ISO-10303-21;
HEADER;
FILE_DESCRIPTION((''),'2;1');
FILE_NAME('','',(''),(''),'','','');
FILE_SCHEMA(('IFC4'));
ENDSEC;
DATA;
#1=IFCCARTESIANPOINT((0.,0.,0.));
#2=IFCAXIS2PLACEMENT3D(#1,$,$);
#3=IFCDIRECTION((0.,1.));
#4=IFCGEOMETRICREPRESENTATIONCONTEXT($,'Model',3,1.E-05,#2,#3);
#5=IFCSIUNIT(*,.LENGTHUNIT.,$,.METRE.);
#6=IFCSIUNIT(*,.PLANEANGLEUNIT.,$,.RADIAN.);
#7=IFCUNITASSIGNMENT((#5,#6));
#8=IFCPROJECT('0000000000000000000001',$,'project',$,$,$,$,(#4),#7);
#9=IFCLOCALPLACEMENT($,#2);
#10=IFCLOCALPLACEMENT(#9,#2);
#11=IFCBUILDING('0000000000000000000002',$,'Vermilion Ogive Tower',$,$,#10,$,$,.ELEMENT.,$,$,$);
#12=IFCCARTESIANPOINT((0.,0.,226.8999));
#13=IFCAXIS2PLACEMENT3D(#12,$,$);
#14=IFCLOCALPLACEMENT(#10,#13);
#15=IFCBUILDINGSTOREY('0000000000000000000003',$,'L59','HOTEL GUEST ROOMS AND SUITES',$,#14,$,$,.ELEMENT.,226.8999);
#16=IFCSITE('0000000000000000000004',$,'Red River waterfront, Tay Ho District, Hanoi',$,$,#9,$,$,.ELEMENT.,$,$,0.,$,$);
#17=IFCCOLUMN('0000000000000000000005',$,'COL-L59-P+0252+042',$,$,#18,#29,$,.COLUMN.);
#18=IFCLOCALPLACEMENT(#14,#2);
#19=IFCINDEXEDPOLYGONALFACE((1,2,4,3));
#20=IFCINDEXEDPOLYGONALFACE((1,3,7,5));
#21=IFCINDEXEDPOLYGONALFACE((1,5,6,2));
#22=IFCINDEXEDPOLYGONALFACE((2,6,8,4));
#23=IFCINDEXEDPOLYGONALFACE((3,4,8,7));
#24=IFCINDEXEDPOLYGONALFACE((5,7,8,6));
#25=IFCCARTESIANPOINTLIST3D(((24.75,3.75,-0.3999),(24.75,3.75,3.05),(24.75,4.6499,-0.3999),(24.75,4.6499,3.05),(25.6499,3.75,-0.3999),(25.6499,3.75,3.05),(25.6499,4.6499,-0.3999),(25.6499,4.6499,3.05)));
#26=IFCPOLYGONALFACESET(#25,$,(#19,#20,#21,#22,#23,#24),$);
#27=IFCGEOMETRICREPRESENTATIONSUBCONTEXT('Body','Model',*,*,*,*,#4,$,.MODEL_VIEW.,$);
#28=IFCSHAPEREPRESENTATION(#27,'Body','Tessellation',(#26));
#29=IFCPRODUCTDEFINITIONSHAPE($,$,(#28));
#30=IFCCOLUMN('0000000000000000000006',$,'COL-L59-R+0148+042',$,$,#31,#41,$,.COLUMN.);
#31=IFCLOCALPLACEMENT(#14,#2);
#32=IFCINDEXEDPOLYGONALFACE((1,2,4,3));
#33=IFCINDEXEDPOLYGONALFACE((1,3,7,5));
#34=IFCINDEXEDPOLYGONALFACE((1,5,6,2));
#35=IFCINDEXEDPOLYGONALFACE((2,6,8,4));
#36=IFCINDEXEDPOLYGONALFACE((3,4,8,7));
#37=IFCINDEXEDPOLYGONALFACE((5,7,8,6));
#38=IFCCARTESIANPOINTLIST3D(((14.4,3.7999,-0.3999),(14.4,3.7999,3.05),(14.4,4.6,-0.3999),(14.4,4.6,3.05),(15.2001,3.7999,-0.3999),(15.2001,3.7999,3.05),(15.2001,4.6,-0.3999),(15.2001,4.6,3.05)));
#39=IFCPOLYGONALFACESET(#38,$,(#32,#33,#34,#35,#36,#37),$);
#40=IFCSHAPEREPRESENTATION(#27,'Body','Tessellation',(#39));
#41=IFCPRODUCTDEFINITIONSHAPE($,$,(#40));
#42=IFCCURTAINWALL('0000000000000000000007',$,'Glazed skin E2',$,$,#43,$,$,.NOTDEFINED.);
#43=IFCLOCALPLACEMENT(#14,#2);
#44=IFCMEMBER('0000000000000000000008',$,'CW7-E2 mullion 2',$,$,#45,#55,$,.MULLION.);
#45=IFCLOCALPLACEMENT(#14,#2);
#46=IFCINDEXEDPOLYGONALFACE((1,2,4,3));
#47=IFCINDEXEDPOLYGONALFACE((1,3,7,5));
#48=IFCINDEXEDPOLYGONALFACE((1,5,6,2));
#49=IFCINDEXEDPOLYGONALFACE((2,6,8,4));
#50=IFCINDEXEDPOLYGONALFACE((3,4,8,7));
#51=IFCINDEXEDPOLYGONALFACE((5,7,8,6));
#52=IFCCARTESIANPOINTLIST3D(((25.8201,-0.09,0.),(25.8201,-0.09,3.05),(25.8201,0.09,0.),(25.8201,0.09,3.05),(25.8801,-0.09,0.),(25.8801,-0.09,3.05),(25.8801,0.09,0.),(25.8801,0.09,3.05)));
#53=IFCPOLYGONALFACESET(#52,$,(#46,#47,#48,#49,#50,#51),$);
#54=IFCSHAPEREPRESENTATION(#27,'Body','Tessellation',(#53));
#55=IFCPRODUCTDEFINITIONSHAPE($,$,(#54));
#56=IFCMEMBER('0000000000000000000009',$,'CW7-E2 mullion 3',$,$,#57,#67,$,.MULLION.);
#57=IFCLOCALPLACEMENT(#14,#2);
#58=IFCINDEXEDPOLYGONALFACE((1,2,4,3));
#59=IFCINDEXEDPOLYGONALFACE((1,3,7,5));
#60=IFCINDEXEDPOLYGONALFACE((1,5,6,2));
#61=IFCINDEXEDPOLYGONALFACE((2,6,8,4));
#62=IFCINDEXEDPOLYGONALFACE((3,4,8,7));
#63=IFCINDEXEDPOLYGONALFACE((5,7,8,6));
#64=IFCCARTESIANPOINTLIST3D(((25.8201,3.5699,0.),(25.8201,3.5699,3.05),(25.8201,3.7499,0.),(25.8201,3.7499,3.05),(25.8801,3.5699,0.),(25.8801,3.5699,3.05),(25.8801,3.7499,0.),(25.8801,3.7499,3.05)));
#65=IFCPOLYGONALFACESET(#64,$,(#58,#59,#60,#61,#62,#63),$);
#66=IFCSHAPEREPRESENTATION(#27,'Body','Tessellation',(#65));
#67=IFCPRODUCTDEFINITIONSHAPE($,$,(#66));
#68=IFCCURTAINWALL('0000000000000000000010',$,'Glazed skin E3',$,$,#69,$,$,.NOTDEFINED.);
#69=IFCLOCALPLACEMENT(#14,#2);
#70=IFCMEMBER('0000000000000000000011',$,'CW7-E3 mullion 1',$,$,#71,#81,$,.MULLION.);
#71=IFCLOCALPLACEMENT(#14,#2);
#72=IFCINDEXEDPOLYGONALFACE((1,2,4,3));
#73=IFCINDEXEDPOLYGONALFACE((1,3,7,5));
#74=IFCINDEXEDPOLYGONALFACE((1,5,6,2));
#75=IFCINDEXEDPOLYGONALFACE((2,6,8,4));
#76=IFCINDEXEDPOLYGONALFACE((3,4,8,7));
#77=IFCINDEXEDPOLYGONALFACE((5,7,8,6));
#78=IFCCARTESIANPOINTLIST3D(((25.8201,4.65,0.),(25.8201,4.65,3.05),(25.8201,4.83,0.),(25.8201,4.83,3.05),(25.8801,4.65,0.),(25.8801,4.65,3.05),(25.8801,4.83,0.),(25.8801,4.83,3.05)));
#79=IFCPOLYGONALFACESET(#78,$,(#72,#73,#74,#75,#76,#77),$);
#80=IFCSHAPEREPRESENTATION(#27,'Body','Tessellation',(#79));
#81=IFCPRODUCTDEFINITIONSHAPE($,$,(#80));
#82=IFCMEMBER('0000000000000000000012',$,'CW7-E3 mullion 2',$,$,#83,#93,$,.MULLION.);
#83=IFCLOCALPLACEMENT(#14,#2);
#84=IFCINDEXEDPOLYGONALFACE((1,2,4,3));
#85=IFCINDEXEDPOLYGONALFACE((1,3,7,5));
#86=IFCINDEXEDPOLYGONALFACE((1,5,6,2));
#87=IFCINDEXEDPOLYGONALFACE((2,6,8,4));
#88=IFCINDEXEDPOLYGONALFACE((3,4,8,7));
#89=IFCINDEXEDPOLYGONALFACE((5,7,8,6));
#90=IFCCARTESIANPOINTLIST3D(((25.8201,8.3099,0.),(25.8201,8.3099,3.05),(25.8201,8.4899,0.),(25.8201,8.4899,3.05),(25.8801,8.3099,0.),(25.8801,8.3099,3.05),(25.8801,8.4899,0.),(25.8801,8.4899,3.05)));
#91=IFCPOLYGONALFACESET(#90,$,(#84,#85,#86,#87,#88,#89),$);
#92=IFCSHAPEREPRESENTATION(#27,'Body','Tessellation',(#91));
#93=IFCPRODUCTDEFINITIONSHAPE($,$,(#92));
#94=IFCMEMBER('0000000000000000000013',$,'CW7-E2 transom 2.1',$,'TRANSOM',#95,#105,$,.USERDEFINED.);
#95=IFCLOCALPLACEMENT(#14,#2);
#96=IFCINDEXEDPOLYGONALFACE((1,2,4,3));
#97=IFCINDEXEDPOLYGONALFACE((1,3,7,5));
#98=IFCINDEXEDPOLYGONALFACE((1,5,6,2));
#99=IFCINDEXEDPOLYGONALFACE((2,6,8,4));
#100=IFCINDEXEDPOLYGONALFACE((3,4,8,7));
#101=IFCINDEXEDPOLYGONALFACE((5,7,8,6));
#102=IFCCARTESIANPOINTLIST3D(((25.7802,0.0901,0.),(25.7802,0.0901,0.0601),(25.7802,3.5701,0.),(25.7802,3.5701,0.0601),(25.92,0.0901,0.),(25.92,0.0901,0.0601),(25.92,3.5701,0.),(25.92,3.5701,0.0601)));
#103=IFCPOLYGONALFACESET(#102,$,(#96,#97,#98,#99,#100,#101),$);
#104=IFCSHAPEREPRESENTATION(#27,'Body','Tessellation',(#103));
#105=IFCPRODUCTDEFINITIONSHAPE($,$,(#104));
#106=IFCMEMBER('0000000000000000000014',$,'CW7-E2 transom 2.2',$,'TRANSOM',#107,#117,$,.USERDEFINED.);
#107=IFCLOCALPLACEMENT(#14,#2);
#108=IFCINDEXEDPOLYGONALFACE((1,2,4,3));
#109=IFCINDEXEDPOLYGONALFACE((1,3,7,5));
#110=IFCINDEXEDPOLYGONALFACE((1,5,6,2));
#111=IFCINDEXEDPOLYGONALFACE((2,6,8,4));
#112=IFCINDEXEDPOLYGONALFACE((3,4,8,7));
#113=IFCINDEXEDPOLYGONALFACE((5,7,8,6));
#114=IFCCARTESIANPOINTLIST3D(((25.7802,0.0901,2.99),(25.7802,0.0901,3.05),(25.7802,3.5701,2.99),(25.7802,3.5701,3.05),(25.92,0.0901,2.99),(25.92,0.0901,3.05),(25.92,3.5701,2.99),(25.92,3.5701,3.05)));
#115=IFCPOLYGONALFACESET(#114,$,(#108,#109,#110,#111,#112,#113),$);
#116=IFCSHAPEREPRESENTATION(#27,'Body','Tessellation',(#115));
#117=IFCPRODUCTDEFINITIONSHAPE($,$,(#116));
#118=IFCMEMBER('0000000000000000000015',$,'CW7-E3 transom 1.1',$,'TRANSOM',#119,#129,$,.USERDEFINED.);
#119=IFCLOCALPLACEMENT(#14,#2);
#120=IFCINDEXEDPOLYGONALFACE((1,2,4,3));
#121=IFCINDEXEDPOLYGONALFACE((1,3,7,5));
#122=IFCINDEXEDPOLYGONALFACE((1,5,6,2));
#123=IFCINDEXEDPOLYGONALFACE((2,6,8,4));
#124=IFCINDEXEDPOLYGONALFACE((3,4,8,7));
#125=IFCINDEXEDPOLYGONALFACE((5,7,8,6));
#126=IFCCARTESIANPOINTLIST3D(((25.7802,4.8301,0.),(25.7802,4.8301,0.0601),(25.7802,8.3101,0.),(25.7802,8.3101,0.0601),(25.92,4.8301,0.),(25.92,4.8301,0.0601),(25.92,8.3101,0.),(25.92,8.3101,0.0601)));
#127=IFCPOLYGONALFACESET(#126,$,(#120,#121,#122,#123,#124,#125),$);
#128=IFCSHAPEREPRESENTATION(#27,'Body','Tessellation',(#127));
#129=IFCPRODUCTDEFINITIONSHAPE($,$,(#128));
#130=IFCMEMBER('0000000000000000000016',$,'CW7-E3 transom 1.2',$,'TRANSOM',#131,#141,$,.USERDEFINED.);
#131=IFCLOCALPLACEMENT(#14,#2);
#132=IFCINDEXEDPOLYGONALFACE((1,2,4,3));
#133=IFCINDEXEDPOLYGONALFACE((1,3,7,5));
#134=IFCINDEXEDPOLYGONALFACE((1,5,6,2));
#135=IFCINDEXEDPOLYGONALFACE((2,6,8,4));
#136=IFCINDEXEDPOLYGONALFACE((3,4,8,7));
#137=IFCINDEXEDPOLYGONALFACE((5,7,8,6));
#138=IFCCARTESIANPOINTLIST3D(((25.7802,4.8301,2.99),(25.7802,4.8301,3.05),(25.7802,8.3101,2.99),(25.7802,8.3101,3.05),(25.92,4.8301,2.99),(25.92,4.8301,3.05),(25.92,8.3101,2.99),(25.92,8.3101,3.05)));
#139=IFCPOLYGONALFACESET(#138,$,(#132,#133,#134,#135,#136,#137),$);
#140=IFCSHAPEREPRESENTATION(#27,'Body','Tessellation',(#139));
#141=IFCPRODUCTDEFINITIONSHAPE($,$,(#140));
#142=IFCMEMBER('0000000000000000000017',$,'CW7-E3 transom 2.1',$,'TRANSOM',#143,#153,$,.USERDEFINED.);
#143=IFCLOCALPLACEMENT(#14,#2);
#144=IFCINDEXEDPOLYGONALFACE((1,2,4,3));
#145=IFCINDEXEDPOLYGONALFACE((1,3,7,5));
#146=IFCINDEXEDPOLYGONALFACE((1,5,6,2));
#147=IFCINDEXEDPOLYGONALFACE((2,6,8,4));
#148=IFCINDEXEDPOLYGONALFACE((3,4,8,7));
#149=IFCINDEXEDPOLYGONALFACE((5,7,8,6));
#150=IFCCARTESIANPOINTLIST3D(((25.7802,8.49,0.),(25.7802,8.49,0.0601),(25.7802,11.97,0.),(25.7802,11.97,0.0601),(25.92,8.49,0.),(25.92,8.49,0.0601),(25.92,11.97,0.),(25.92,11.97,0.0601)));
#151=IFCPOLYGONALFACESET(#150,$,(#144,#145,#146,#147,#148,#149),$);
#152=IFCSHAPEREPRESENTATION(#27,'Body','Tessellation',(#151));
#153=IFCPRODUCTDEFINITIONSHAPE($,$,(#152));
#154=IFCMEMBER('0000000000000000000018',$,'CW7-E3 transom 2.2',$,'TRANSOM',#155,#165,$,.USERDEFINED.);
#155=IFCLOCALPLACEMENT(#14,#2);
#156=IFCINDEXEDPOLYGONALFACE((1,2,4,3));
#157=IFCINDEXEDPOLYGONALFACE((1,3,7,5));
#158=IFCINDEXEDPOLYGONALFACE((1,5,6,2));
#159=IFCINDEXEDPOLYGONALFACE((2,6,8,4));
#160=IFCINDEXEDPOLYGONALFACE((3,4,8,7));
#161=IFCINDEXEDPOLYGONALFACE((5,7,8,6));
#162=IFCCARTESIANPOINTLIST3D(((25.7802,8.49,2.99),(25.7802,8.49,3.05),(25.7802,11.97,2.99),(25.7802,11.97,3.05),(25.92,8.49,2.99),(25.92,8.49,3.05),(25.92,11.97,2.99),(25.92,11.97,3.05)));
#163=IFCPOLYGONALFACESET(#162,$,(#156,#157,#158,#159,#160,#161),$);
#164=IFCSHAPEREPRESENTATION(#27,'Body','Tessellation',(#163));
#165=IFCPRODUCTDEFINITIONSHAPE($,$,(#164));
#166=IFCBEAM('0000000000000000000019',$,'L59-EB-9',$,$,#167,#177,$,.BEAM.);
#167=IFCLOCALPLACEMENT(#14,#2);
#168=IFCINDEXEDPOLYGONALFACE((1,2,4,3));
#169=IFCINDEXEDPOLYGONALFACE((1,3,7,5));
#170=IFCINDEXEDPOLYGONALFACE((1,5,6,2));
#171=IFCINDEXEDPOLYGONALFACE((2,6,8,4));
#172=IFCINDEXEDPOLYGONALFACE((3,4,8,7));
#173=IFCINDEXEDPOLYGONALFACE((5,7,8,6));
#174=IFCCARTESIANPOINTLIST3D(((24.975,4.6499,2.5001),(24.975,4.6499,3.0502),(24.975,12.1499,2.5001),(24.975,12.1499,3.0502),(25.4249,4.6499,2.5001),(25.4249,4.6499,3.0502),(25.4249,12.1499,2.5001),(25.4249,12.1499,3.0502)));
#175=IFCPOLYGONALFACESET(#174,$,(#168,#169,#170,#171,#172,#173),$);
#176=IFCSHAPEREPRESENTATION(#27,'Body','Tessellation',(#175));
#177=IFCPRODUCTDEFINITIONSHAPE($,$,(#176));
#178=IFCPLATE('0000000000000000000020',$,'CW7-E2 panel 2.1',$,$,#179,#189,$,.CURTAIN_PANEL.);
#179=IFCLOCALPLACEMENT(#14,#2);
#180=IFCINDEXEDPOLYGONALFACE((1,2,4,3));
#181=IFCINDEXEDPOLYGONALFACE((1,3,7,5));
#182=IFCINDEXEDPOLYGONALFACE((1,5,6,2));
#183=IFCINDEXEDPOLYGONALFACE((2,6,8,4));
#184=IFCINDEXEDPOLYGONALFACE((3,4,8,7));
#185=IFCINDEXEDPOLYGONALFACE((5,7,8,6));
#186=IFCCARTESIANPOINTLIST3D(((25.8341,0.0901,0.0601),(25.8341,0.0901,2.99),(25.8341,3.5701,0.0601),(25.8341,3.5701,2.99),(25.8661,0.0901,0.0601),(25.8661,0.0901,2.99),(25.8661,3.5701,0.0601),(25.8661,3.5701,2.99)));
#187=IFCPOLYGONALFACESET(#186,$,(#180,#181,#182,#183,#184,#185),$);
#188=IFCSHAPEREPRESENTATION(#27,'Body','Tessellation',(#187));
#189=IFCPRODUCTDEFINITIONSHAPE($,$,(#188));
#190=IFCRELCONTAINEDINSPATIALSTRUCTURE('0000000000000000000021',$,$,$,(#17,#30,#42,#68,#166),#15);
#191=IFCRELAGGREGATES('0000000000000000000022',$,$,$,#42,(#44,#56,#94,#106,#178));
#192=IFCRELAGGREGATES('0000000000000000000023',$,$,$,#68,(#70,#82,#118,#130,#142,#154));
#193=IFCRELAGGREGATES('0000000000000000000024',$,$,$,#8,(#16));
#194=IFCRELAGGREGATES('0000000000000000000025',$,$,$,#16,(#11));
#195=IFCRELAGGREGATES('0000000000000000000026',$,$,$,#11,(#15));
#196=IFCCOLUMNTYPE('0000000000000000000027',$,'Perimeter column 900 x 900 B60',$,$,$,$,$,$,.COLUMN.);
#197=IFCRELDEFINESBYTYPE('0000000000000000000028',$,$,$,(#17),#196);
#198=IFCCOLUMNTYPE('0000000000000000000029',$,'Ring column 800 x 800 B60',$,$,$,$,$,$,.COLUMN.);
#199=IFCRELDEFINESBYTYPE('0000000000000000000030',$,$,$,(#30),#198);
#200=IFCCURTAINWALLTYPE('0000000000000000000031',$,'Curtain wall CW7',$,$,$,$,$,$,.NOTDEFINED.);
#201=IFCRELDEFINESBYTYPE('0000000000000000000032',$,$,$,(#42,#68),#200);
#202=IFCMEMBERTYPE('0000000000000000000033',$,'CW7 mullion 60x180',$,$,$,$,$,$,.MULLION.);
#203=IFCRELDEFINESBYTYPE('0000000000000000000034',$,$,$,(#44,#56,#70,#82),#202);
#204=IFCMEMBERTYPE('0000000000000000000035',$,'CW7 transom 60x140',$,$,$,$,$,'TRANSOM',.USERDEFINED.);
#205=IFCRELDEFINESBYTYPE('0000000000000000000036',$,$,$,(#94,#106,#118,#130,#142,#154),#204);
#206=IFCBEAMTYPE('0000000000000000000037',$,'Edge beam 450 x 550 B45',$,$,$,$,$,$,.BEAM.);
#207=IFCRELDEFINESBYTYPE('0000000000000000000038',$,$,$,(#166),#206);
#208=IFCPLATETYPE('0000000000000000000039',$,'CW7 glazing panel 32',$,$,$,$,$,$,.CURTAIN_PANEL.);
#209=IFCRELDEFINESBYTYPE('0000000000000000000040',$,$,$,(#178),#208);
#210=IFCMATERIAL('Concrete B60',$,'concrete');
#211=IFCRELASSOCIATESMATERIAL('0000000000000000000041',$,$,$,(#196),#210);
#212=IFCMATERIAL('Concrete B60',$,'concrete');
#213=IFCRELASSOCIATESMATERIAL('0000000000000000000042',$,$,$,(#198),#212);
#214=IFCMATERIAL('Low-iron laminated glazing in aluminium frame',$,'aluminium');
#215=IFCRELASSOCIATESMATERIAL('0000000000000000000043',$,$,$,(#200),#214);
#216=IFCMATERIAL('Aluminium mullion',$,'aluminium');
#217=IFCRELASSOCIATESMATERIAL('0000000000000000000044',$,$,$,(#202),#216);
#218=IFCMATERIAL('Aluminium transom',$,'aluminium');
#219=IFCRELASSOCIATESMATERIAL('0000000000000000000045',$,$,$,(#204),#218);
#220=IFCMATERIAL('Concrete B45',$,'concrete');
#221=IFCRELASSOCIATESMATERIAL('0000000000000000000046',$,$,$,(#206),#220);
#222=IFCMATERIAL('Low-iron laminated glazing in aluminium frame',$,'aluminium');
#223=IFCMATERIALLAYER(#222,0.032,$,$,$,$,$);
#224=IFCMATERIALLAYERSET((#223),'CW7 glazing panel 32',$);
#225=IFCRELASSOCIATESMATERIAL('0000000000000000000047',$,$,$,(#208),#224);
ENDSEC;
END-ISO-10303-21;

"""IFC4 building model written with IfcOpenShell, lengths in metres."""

from ifc_helpers import new_model, si_unit, direction, frame, origin, origin_2d, place, context, subcontext, project, spatial, rectangle, extrude, material, layer, layer_set, material_profile, profile_set, type_object, element, aggregate, save


model = new_model("IFC4")

# Units and contexts
model_context = context("Model", 3, precision=1e-05, world=origin(), true_north=direction((0.0, 1.0)))
body_context = subcontext(model_context, "Body", "Model", "MODEL_VIEW")
ifc_project = project(units=[si_unit("LENGTHUNIT", "METRE"), si_unit("PLANEANGLEUNIT", "RADIAN")], contexts=[model_context])

# Site, building, storey
site_placement = place(None, origin())
site = spatial("IfcSite", under=ifc_project, at=site_placement, Name="Red River waterfront, Tay Ho District, Hanoi", CompositionType="ELEMENT", RefElevation=0.0)
building_placement = place(site_placement, origin())
building = spatial("IfcBuilding", under=site, at=building_placement, Name="Vermilion Ogive Tower", CompositionType="ELEMENT")
storey_placement = place(building_placement, frame((0.0, 0.0, 226.8999)))
storey = spatial("IfcBuildingStorey", under=building, at=storey_placement, Name="L59", Description="HOTEL GUEST ROOMS AND SUITES", CompositionType="ELEMENT", Elevation=226.8999)

# Columns
ifc_material_1 = material(Name="Concrete B60", Category="concrete")
ifc_material_profile_1 = material_profile(ifc_material_1, rectangle(XDim=0.8999, YDim=0.8999, at=origin_2d()), Name="900 x 900")
ifc_profile_set_1 = profile_set([ifc_material_profile_1], Name="Concrete B60")
column_type_1 = type_object("IfcColumnType", Name="Perimeter column 900 x 900 B60", PredefinedType="COLUMN", material=ifc_profile_set_1)
column_1_placement = place(storey_placement, frame((25.2, 4.2, -0.3999), z_axis=(0.0, 0.0, 1.0), x_axis=(1.0, 0.0, 0.0)))
element("IfcColumn", 1, at=column_1_placement, inside=storey, type_object=column_type_1, Name="COL-L59-P+0252+042", PredefinedType="COLUMN", context=body_context, shape_type="SweptSolid", body=[
    extrude(rectangle(XDim=0.8999, YDim=0.8999, at=origin_2d()), origin(), (0.0, 0.0, 1.0), 3.45),
])
ifc_material_2 = material(Name="Concrete B60", Category="concrete")
ifc_material_profile_2 = material_profile(ifc_material_2, rectangle(XDim=0.8, YDim=0.8, at=origin_2d()), Name="800 x 800")
ifc_profile_set_2 = profile_set([ifc_material_profile_2], Name="Concrete B60")
column_type_2 = type_object("IfcColumnType", Name="Ring column 800 x 800 B60", PredefinedType="COLUMN", material=ifc_profile_set_2)
column_2_placement = place(storey_placement, frame((14.8, 4.2, -0.3999), z_axis=(0.0, 0.0, 1.0), x_axis=(1.0, 0.0, 0.0)))
element("IfcColumn", 2, at=column_2_placement, inside=storey, type_object=column_type_2, Name="COL-L59-R+0148+042", PredefinedType="COLUMN", context=body_context, shape_type="SweptSolid", body=[
    extrude(rectangle(XDim=0.8, YDim=0.8, at=origin_2d()), origin(), (0.0, 0.0, 1.0), 3.45),
])

# Curtain walls, members
ifc_material_3 = material(Name="Low-iron laminated glazing in aluminium frame", Category="aluminium")
curtain_wall_type = type_object("IfcCurtainWallType", Name="Curtain wall CW7", PredefinedType="NOTDEFINED", material=ifc_material_3)
curtain_wall_1_placement = place(storey_placement, origin())
curtain_wall_1 = element("IfcCurtainWall", 3, at=curtain_wall_1_placement, inside=storey, type_object=curtain_wall_type, Name="Glazed skin E2", PredefinedType="NOTDEFINED")
ifc_material_4 = material(Name="Aluminium mullion", Category="aluminium")
ifc_material_profile_3 = material_profile(ifc_material_4, rectangle(XDim=0.0601, YDim=0.1799, at=origin_2d()), Name="AL 60x180")
ifc_profile_set_3 = profile_set([ifc_material_profile_3], Name="Aluminium mullion")
member_type_1 = type_object("IfcMemberType", Name="CW7 mullion 60x180", PredefinedType="MULLION", material=ifc_profile_set_3)
member_1_placement = place(storey_placement, frame((25.8501, 0.0, 0.0), z_axis=(0.0, 0.0, 1.0), x_axis=(-1.0, 0.0, 0.0)))
member_1 = element("IfcMember", 4, at=member_1_placement, type_object=member_type_1, Name="CW7-E2 mullion 2", PredefinedType="MULLION", context=body_context, shape_type="SweptSolid", body=[
    extrude(rectangle(XDim=0.0601, YDim=0.1799, at=origin_2d()), origin(), (0.0, 0.0, 1.0), 3.05),
])
member_2_placement = place(storey_placement, frame((25.8501, 3.6599, 0.0), z_axis=(0.0, 0.0, 1.0), x_axis=(-1.0, 0.0, 0.0)))
member_2 = element("IfcMember", 5, at=member_2_placement, type_object=member_type_1, Name="CW7-E2 mullion 3", PredefinedType="MULLION", context=body_context, shape_type="SweptSolid", body=[
    extrude(rectangle(XDim=0.0601, YDim=0.1799, at=origin_2d()), origin(), (0.0, 0.0, 1.0), 3.05),
])
curtain_wall_2_placement = place(storey_placement, origin())
curtain_wall_2 = element("IfcCurtainWall", 6, at=curtain_wall_2_placement, inside=storey, type_object=curtain_wall_type, Name="Glazed skin E3", PredefinedType="NOTDEFINED")
member_3_placement = place(storey_placement, frame((25.8501, 4.74, 0.0), z_axis=(0.0, 0.0, 1.0), x_axis=(-1.0, 0.0, 0.0)))
member_3 = element("IfcMember", 7, at=member_3_placement, type_object=member_type_1, Name="CW7-E3 mullion 1", PredefinedType="MULLION", context=body_context, shape_type="SweptSolid", body=[
    extrude(rectangle(XDim=0.0601, YDim=0.1799, at=origin_2d()), origin(), (0.0, 0.0, 1.0), 3.05),
])
member_4_placement = place(storey_placement, frame((25.8501, 8.3999, 0.0), z_axis=(0.0, 0.0, 1.0), x_axis=(-1.0, 0.0, 0.0)))
member_4 = element("IfcMember", 8, at=member_4_placement, type_object=member_type_1, Name="CW7-E3 mullion 2", PredefinedType="MULLION", context=body_context, shape_type="SweptSolid", body=[
    extrude(rectangle(XDim=0.0601, YDim=0.1799, at=origin_2d()), origin(), (0.0, 0.0, 1.0), 3.05),
])

# Members
ifc_material_5 = material(Name="Aluminium transom", Category="aluminium")
ifc_material_profile_4 = material_profile(ifc_material_5, rectangle(XDim=0.1399, YDim=0.0601, at=origin_2d()), Name="AL 60x140")
ifc_profile_set_4 = profile_set([ifc_material_profile_4], Name="Aluminium transom")
member_type_2 = type_object("IfcMemberType", Name="CW7 transom 60x140", ElementType="TRANSOM", PredefinedType="USERDEFINED", material=ifc_profile_set_4)
member_5_placement = place(storey_placement, frame((25.8501, 0.0901, 0.03), z_axis=(0.0, 1.0, 0.0), x_axis=(-1.0, 0.0, 0.0)))
member_5 = element("IfcMember", 9, at=member_5_placement, type_object=member_type_2, Name="CW7-E2 transom 2.1", ObjectType="TRANSOM", PredefinedType="USERDEFINED", context=body_context, shape_type="SweptSolid", body=[
    extrude(rectangle(XDim=0.1399, YDim=0.0601, at=origin_2d()), origin(), (0.0, 0.0, 1.0), 3.48),
])
member_6_placement = place(storey_placement, frame((25.8501, 0.0901, 3.02), z_axis=(0.0, 1.0, 0.0), x_axis=(-1.0, 0.0, 0.0)))
member_6 = element("IfcMember", 10, at=member_6_placement, type_object=member_type_2, Name="CW7-E2 transom 2.2", ObjectType="TRANSOM", PredefinedType="USERDEFINED", context=body_context, shape_type="SweptSolid", body=[
    extrude(rectangle(XDim=0.1399, YDim=0.0601, at=origin_2d()), origin(), (0.0, 0.0, 1.0), 3.48),
])
member_7_placement = place(storey_placement, frame((25.8501, 4.8301, 0.03), z_axis=(0.0, 1.0, 0.0), x_axis=(-1.0, 0.0, 0.0)))
member_7 = element("IfcMember", 11, at=member_7_placement, type_object=member_type_2, Name="CW7-E3 transom 1.1", ObjectType="TRANSOM", PredefinedType="USERDEFINED", context=body_context, shape_type="SweptSolid", body=[
    extrude(rectangle(XDim=0.1399, YDim=0.0601, at=origin_2d()), origin(), (0.0, 0.0, 1.0), 3.48),
])
member_8_placement = place(storey_placement, frame((25.8501, 4.8301, 3.02), z_axis=(0.0, 1.0, 0.0), x_axis=(-1.0, 0.0, 0.0)))
member_8 = element("IfcMember", 12, at=member_8_placement, type_object=member_type_2, Name="CW7-E3 transom 1.2", ObjectType="TRANSOM", PredefinedType="USERDEFINED", context=body_context, shape_type="SweptSolid", body=[
    extrude(rectangle(XDim=0.1399, YDim=0.0601, at=origin_2d()), origin(), (0.0, 0.0, 1.0), 3.48),
])
member_9_placement = place(storey_placement, frame((25.8501, 8.49, 0.03), z_axis=(0.0, 1.0, 0.0), x_axis=(-1.0, 0.0, 0.0)))
member_9 = element("IfcMember", 13, at=member_9_placement, type_object=member_type_2, Name="CW7-E3 transom 2.1", ObjectType="TRANSOM", PredefinedType="USERDEFINED", context=body_context, shape_type="SweptSolid", body=[
    extrude(rectangle(XDim=0.1399, YDim=0.0601, at=origin_2d()), origin(), (0.0, 0.0, 1.0), 3.48),
])
member_10_placement = place(storey_placement, frame((25.8501, 8.49, 3.02), z_axis=(0.0, 1.0, 0.0), x_axis=(-1.0, 0.0, 0.0)))
member_10 = element("IfcMember", 14, at=member_10_placement, type_object=member_type_2, Name="CW7-E3 transom 2.2", ObjectType="TRANSOM", PredefinedType="USERDEFINED", context=body_context, shape_type="SweptSolid", body=[
    extrude(rectangle(XDim=0.1399, YDim=0.0601, at=origin_2d()), origin(), (0.0, 0.0, 1.0), 3.48),
])

# Beam
ifc_material_6 = material(Name="Concrete B45", Category="concrete")
ifc_material_profile_5 = material_profile(ifc_material_6, rectangle(XDim=0.45, YDim=0.55, at=origin_2d()), Name="450 x 550")
ifc_profile_set_5 = profile_set([ifc_material_profile_5], Name="Concrete B45")
beam_type = type_object("IfcBeamType", Name="Edge beam 450 x 550 B45", PredefinedType="BEAM", material=ifc_profile_set_5)
beam_placement = place(storey_placement, frame((25.2, 4.6499, 2.7751), z_axis=(0.0, 1.0, 0.0), x_axis=(-1.0, 0.0, 0.0)))
element("IfcBeam", 15, at=beam_placement, inside=storey, type_object=beam_type, Name="L59-EB-9", PredefinedType="BEAM", context=body_context, shape_type="SweptSolid", body=[
    extrude(rectangle(XDim=0.45, YDim=0.55, at=origin_2d()), origin(), (0.0, 0.0, 1.0), 7.5),
])

# Plate
ifc_material_7 = material(Name="Low-iron laminated glazing in aluminium frame", Category="aluminium")
ifc_layer_1 = layer(ifc_material_7, 0.032)
ifc_layer_set_1 = layer_set([ifc_layer_1], Name="CW7 glazing panel 32")
plate_type = type_object("IfcPlateType", Name="CW7 glazing panel 32", PredefinedType="CURTAIN_PANEL", material=ifc_layer_set_1)
plate_1_placement = place(storey_placement, frame((25.8501, 1.8301, 0.0601), z_axis=(0.0, 0.0, 1.0), x_axis=(0.0, 1.0, 0.0)))
plate_1 = element("IfcPlate", 16, at=plate_1_placement, type_object=plate_type, Name="CW7-E2 panel 2.1", PredefinedType="CURTAIN_PANEL", context=body_context, shape_type="SweptSolid", body=[
    extrude(rectangle(XDim=3.48, YDim=0.032, at=origin_2d()), origin(), (0.0, 0.0, 1.0), 2.9299),
])
aggregate(curtain_wall_1, [member_1, member_2, member_5, member_6, plate_1])
aggregate(curtain_wall_2, [member_3, member_4, member_7, member_8, member_9, member_10])

save(model, "model.ifc")
